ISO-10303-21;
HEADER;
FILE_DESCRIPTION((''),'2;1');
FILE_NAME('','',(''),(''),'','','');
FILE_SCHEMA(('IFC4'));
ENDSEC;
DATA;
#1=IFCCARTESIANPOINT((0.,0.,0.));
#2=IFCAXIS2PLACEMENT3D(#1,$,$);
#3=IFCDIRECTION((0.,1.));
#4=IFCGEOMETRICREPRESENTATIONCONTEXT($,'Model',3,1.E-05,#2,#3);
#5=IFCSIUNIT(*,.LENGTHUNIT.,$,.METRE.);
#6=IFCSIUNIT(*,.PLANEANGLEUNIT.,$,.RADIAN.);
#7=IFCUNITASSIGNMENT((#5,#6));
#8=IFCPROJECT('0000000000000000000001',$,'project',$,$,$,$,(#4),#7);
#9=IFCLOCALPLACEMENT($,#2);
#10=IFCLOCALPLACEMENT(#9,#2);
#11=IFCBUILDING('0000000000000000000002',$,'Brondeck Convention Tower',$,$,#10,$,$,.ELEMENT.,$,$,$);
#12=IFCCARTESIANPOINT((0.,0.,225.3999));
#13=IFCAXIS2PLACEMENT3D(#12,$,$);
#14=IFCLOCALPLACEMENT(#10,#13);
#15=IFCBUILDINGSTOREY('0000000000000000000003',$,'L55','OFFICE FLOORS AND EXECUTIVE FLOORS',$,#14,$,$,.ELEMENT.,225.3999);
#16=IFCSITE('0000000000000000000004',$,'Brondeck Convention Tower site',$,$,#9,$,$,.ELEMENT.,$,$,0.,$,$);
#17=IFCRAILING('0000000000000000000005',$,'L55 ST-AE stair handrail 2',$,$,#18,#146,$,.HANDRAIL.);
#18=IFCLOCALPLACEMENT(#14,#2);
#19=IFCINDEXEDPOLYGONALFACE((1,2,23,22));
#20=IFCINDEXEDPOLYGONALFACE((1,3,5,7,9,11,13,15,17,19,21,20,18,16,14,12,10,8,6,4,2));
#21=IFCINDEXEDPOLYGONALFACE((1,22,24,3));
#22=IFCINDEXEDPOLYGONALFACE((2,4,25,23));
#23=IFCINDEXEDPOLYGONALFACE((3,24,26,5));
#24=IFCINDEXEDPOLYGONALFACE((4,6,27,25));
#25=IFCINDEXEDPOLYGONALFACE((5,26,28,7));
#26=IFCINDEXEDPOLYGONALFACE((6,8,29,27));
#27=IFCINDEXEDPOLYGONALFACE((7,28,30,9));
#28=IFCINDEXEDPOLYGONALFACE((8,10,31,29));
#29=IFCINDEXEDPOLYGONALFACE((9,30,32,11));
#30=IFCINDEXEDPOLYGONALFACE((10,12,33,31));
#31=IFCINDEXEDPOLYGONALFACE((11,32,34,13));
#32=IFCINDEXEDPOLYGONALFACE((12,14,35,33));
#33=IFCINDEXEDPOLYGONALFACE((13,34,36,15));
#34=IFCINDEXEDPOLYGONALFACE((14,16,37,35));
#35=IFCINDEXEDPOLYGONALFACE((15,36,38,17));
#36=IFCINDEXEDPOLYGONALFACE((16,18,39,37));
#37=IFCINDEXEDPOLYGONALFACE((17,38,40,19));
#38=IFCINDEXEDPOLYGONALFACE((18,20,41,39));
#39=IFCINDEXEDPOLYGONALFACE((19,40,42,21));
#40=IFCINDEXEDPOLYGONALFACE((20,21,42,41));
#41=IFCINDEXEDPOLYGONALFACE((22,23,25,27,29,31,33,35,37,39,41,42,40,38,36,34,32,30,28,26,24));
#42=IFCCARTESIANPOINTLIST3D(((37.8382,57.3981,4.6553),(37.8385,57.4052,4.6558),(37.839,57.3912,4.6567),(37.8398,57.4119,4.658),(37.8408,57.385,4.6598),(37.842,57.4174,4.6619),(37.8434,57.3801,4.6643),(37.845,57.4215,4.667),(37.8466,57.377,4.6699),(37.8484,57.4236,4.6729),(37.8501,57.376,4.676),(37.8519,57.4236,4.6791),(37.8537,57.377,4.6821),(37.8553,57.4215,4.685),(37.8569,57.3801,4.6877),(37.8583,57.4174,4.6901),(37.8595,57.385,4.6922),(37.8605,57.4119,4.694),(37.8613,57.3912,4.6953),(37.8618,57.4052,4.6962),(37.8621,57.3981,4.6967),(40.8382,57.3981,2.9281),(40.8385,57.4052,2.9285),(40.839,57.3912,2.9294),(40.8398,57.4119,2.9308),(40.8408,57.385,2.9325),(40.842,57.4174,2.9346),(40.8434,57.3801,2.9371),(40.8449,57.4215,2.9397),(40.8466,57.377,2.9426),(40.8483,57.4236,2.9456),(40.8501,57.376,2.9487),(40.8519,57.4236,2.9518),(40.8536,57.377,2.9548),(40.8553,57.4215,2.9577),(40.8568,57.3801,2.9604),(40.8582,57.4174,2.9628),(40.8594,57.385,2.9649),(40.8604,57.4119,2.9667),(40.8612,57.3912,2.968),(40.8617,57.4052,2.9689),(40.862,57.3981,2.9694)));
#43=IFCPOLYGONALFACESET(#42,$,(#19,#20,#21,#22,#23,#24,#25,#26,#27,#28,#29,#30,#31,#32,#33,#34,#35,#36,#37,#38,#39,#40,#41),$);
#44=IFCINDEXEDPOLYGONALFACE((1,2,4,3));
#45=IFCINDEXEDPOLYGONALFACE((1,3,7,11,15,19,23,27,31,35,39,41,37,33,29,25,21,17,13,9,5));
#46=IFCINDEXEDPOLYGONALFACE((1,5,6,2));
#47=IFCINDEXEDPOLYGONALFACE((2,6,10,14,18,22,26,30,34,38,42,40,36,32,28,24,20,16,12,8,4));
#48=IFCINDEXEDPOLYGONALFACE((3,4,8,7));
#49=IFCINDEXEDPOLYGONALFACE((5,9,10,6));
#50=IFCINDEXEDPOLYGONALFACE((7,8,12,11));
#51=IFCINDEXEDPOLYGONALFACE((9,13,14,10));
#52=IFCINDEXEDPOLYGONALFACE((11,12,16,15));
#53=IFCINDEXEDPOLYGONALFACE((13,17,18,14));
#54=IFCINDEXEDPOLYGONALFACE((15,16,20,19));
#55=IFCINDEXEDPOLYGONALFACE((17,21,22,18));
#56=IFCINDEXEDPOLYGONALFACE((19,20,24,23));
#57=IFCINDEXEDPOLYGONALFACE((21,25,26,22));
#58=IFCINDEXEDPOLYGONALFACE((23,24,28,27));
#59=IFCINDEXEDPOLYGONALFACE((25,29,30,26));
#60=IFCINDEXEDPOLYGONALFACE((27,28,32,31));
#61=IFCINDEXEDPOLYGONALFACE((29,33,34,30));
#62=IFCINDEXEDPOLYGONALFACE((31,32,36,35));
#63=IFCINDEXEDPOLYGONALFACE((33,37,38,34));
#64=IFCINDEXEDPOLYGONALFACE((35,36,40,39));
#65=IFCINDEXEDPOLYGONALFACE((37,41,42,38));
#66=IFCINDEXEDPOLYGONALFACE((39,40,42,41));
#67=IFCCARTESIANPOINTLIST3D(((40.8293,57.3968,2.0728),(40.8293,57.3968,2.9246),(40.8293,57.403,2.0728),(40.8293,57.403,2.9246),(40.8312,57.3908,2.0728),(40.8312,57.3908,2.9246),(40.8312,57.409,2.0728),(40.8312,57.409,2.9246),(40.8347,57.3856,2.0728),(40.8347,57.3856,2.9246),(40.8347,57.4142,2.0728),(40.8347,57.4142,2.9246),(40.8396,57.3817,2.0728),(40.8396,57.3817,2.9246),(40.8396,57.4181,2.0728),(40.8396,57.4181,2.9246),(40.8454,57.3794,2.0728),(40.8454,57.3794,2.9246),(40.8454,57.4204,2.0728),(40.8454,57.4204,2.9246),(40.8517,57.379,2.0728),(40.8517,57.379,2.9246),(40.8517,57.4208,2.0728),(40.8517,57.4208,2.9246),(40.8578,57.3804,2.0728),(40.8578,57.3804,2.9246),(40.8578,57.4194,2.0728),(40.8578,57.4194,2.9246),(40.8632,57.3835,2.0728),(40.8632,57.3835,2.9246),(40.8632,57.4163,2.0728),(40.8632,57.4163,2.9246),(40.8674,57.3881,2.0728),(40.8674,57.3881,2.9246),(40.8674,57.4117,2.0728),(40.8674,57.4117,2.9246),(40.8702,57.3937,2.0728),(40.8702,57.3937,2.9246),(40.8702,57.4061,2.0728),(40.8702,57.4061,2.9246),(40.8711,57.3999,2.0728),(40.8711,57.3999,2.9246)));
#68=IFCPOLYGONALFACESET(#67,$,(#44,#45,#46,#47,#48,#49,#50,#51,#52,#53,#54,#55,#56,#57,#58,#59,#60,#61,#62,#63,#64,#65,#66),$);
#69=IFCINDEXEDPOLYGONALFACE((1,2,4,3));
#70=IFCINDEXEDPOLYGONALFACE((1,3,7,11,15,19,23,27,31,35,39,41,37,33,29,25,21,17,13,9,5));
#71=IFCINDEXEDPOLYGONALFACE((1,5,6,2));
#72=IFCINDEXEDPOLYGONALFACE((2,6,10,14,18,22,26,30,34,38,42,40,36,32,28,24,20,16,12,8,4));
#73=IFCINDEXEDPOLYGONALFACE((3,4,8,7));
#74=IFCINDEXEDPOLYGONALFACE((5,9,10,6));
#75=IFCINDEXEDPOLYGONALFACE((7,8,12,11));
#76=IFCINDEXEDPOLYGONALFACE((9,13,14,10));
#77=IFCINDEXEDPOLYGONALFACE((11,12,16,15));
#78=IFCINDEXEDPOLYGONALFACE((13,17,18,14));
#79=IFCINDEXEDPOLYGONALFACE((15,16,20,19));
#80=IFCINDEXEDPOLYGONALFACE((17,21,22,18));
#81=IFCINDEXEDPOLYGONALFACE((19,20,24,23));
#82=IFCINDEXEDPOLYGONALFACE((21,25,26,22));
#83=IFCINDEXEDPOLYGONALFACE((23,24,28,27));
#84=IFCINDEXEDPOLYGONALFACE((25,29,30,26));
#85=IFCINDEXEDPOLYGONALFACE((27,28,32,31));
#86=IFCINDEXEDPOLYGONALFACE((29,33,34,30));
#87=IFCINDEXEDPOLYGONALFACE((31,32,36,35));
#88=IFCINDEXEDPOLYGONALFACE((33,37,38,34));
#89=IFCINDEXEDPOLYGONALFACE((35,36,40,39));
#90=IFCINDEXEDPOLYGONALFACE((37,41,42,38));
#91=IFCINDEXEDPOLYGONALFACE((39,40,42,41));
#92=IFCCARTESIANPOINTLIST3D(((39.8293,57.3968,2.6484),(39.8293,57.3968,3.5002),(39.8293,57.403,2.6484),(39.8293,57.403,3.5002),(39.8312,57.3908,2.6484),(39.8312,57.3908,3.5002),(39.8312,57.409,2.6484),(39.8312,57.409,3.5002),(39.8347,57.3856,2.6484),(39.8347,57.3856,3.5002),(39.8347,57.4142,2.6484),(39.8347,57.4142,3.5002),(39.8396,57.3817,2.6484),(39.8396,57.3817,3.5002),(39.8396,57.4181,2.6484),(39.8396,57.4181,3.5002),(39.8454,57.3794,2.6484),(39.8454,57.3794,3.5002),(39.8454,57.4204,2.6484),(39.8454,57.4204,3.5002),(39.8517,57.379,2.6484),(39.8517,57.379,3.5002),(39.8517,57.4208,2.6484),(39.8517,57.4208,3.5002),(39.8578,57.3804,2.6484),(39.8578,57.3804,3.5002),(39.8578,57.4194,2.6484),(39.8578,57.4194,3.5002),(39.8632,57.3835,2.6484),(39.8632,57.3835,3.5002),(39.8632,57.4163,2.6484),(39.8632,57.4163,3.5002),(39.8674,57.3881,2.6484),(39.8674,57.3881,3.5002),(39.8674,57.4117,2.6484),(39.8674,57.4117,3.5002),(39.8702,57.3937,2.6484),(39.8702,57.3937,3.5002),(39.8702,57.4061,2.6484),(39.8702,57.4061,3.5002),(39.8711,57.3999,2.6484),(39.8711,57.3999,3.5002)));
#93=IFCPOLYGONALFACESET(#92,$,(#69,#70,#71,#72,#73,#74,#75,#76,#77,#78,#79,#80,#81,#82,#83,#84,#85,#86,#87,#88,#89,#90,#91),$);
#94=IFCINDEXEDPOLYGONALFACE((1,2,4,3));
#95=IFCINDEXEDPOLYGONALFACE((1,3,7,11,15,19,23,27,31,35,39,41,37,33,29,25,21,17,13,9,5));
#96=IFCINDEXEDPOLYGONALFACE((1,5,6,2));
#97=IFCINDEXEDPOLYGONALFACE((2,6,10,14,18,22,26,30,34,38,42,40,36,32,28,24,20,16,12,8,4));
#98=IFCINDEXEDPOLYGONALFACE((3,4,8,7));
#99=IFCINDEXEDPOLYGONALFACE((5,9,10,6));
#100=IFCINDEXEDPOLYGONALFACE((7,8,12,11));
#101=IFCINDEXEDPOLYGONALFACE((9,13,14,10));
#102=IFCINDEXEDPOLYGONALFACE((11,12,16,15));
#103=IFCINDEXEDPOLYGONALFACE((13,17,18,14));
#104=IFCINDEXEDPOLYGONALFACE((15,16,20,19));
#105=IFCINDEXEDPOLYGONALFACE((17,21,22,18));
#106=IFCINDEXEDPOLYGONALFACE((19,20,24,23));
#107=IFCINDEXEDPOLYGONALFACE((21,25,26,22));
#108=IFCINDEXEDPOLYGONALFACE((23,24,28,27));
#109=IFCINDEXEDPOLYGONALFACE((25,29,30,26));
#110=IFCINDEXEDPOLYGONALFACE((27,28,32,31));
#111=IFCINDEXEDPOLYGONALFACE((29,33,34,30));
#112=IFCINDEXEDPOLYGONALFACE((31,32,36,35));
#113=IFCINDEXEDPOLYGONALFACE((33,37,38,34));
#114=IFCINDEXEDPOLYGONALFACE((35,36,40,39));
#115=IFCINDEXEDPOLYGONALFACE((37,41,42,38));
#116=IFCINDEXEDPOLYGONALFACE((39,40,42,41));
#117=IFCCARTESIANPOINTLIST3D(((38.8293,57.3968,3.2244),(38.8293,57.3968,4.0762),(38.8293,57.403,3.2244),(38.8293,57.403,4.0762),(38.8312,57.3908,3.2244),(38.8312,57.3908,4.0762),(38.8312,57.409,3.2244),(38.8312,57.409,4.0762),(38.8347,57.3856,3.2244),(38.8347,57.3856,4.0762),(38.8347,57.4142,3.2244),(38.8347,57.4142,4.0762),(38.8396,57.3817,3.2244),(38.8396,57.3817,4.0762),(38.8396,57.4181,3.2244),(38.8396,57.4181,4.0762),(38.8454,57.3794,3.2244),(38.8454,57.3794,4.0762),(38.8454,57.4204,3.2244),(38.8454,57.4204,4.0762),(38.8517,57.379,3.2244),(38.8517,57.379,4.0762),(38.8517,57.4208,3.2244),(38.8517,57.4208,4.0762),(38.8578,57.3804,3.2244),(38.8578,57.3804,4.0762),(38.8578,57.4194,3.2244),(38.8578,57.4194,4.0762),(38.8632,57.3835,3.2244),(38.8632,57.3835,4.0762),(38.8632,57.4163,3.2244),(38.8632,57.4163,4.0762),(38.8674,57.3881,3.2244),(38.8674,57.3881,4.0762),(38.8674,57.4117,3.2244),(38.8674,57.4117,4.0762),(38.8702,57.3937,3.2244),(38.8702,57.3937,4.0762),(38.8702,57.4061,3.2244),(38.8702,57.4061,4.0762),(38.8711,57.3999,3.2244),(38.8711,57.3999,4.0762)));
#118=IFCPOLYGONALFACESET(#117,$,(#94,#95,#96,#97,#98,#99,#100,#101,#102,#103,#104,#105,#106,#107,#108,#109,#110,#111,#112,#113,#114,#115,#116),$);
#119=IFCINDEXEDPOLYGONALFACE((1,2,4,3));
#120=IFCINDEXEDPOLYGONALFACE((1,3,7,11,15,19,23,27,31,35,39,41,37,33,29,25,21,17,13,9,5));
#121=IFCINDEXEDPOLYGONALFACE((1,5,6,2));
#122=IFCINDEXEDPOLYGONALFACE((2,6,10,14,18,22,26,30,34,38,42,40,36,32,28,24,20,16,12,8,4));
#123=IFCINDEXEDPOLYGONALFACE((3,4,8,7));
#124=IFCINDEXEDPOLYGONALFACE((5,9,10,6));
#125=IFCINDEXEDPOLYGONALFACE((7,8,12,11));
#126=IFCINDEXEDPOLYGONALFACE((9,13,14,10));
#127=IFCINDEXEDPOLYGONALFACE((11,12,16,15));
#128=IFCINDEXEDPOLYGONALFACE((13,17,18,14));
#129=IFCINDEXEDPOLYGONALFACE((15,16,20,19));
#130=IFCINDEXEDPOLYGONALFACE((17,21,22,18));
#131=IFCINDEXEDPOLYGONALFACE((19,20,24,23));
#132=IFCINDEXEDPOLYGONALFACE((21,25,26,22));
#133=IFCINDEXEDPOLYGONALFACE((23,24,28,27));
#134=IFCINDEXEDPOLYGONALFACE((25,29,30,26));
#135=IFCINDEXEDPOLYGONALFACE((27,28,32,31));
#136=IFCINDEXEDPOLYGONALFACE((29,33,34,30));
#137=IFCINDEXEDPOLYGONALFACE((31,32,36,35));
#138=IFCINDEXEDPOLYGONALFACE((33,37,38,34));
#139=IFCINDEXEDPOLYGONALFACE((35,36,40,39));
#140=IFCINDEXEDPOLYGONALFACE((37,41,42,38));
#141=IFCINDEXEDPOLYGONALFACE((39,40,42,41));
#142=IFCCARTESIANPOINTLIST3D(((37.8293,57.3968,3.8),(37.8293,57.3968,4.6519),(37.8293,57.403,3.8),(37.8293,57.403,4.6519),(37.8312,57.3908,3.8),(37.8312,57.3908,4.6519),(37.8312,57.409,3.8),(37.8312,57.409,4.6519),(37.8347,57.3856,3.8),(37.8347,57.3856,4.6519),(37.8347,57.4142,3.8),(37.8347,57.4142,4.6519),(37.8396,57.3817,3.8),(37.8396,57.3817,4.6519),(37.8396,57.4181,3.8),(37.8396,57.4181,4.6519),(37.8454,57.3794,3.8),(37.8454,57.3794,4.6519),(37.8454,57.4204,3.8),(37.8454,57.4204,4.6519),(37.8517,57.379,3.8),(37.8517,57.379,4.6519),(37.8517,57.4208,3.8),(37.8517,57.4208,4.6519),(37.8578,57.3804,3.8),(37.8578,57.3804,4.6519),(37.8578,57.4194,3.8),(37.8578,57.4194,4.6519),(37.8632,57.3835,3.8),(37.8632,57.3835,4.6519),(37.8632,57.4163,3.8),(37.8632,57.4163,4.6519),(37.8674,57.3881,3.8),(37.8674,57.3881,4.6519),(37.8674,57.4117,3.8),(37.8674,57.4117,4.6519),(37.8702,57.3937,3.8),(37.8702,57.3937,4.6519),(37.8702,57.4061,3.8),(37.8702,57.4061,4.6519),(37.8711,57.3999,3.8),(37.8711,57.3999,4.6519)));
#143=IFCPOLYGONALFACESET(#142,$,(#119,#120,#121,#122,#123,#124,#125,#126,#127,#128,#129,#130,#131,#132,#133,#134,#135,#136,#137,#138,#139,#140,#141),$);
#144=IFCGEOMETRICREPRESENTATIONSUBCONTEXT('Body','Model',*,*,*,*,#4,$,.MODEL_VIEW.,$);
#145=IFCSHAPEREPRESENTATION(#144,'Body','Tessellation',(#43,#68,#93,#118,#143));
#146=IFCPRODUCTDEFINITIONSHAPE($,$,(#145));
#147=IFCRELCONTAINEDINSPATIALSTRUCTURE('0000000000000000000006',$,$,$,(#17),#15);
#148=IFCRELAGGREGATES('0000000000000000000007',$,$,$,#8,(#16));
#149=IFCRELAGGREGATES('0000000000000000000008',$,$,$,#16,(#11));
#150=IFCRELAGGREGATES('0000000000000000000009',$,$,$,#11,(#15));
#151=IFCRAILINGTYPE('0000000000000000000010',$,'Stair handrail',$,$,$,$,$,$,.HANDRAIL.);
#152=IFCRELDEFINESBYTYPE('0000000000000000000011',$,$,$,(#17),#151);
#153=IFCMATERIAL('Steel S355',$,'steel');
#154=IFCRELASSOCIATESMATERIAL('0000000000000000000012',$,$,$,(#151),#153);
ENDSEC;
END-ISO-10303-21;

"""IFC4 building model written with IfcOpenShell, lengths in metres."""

from ifc_helpers import new_model, si_unit, direction, frame, origin, origin_2d, place, context, subcontext, project, spatial, circle, extrude, material, type_object, element, save


model = new_model("IFC4")

# Units and contexts
model_context = context("Model", 3, precision=1e-05, world=origin(), true_north=direction((0.0, 1.0)))
body_context = subcontext(model_context, "Body", "Model", "MODEL_VIEW")
ifc_project = project(units=[si_unit("LENGTHUNIT", "METRE"), si_unit("PLANEANGLEUNIT", "RADIAN")], contexts=[model_context])

# Site, building, storey
site_placement = place(None, origin())
site = spatial("IfcSite", under=ifc_project, at=site_placement, Name="Brondeck Convention Tower site", CompositionType="ELEMENT", RefElevation=0.0)
building_placement = place(site_placement, origin())
building = spatial("IfcBuilding", under=site, at=building_placement, Name="Brondeck Convention Tower", CompositionType="ELEMENT")
storey_placement = place(building_placement, frame((0.0, 0.0, 225.3999)))
storey = spatial("IfcBuildingStorey", under=building, at=storey_placement, Name="L55", Description="OFFICE FLOORS AND EXECUTIVE FLOORS", CompositionType="ELEMENT", Elevation=225.3999)

# Shared definitions
ifc_material_1 = material(Name="Steel S355", Category="steel")

# Railing
railing_type_1 = type_object("IfcRailingType", Name="Stair handrail", PredefinedType="HANDRAIL", material=ifc_material_1)
railing_1_placement = place(storey_placement, frame((40.8501, 57.3999, 2.0728)))
element("IfcRailing", 1, at=railing_1_placement, inside=storey, type_object=railing_type_1, Name="L55 ST-AE stair handrail 2", PredefinedType="HANDRAIL", context=body_context, shape_type="SweptSolid", body=[
    extrude(circle(Radius=0.0239, at=origin_2d()), frame((0.0, 0.0, 0.876), z_axis=(-0.86662, 0.0, 0.498969), x_axis=(0.0, -1.0, 0.0)), (0.0, 0.0, 1.0), 3.4617),
    extrude(circle(Radius=0.021, at=origin_2d()), origin(), (0.0, 0.0, 1.0), 0.8518),
    extrude(circle(Radius=0.021, at=origin_2d()), frame((-1.0, 0.0, 0.5757)), (0.0, 0.0, 1.0), 0.8518),
    extrude(circle(Radius=0.021, at=origin_2d()), frame((-2.0, 0.0, 1.1516)), (0.0, 0.0, 1.0), 0.8518),
    extrude(circle(Radius=0.021, at=origin_2d()), frame((-3.0, 0.0, 1.7273)), (0.0, 0.0, 1.0), 0.8518),
])

save(model, "model.ifc")
